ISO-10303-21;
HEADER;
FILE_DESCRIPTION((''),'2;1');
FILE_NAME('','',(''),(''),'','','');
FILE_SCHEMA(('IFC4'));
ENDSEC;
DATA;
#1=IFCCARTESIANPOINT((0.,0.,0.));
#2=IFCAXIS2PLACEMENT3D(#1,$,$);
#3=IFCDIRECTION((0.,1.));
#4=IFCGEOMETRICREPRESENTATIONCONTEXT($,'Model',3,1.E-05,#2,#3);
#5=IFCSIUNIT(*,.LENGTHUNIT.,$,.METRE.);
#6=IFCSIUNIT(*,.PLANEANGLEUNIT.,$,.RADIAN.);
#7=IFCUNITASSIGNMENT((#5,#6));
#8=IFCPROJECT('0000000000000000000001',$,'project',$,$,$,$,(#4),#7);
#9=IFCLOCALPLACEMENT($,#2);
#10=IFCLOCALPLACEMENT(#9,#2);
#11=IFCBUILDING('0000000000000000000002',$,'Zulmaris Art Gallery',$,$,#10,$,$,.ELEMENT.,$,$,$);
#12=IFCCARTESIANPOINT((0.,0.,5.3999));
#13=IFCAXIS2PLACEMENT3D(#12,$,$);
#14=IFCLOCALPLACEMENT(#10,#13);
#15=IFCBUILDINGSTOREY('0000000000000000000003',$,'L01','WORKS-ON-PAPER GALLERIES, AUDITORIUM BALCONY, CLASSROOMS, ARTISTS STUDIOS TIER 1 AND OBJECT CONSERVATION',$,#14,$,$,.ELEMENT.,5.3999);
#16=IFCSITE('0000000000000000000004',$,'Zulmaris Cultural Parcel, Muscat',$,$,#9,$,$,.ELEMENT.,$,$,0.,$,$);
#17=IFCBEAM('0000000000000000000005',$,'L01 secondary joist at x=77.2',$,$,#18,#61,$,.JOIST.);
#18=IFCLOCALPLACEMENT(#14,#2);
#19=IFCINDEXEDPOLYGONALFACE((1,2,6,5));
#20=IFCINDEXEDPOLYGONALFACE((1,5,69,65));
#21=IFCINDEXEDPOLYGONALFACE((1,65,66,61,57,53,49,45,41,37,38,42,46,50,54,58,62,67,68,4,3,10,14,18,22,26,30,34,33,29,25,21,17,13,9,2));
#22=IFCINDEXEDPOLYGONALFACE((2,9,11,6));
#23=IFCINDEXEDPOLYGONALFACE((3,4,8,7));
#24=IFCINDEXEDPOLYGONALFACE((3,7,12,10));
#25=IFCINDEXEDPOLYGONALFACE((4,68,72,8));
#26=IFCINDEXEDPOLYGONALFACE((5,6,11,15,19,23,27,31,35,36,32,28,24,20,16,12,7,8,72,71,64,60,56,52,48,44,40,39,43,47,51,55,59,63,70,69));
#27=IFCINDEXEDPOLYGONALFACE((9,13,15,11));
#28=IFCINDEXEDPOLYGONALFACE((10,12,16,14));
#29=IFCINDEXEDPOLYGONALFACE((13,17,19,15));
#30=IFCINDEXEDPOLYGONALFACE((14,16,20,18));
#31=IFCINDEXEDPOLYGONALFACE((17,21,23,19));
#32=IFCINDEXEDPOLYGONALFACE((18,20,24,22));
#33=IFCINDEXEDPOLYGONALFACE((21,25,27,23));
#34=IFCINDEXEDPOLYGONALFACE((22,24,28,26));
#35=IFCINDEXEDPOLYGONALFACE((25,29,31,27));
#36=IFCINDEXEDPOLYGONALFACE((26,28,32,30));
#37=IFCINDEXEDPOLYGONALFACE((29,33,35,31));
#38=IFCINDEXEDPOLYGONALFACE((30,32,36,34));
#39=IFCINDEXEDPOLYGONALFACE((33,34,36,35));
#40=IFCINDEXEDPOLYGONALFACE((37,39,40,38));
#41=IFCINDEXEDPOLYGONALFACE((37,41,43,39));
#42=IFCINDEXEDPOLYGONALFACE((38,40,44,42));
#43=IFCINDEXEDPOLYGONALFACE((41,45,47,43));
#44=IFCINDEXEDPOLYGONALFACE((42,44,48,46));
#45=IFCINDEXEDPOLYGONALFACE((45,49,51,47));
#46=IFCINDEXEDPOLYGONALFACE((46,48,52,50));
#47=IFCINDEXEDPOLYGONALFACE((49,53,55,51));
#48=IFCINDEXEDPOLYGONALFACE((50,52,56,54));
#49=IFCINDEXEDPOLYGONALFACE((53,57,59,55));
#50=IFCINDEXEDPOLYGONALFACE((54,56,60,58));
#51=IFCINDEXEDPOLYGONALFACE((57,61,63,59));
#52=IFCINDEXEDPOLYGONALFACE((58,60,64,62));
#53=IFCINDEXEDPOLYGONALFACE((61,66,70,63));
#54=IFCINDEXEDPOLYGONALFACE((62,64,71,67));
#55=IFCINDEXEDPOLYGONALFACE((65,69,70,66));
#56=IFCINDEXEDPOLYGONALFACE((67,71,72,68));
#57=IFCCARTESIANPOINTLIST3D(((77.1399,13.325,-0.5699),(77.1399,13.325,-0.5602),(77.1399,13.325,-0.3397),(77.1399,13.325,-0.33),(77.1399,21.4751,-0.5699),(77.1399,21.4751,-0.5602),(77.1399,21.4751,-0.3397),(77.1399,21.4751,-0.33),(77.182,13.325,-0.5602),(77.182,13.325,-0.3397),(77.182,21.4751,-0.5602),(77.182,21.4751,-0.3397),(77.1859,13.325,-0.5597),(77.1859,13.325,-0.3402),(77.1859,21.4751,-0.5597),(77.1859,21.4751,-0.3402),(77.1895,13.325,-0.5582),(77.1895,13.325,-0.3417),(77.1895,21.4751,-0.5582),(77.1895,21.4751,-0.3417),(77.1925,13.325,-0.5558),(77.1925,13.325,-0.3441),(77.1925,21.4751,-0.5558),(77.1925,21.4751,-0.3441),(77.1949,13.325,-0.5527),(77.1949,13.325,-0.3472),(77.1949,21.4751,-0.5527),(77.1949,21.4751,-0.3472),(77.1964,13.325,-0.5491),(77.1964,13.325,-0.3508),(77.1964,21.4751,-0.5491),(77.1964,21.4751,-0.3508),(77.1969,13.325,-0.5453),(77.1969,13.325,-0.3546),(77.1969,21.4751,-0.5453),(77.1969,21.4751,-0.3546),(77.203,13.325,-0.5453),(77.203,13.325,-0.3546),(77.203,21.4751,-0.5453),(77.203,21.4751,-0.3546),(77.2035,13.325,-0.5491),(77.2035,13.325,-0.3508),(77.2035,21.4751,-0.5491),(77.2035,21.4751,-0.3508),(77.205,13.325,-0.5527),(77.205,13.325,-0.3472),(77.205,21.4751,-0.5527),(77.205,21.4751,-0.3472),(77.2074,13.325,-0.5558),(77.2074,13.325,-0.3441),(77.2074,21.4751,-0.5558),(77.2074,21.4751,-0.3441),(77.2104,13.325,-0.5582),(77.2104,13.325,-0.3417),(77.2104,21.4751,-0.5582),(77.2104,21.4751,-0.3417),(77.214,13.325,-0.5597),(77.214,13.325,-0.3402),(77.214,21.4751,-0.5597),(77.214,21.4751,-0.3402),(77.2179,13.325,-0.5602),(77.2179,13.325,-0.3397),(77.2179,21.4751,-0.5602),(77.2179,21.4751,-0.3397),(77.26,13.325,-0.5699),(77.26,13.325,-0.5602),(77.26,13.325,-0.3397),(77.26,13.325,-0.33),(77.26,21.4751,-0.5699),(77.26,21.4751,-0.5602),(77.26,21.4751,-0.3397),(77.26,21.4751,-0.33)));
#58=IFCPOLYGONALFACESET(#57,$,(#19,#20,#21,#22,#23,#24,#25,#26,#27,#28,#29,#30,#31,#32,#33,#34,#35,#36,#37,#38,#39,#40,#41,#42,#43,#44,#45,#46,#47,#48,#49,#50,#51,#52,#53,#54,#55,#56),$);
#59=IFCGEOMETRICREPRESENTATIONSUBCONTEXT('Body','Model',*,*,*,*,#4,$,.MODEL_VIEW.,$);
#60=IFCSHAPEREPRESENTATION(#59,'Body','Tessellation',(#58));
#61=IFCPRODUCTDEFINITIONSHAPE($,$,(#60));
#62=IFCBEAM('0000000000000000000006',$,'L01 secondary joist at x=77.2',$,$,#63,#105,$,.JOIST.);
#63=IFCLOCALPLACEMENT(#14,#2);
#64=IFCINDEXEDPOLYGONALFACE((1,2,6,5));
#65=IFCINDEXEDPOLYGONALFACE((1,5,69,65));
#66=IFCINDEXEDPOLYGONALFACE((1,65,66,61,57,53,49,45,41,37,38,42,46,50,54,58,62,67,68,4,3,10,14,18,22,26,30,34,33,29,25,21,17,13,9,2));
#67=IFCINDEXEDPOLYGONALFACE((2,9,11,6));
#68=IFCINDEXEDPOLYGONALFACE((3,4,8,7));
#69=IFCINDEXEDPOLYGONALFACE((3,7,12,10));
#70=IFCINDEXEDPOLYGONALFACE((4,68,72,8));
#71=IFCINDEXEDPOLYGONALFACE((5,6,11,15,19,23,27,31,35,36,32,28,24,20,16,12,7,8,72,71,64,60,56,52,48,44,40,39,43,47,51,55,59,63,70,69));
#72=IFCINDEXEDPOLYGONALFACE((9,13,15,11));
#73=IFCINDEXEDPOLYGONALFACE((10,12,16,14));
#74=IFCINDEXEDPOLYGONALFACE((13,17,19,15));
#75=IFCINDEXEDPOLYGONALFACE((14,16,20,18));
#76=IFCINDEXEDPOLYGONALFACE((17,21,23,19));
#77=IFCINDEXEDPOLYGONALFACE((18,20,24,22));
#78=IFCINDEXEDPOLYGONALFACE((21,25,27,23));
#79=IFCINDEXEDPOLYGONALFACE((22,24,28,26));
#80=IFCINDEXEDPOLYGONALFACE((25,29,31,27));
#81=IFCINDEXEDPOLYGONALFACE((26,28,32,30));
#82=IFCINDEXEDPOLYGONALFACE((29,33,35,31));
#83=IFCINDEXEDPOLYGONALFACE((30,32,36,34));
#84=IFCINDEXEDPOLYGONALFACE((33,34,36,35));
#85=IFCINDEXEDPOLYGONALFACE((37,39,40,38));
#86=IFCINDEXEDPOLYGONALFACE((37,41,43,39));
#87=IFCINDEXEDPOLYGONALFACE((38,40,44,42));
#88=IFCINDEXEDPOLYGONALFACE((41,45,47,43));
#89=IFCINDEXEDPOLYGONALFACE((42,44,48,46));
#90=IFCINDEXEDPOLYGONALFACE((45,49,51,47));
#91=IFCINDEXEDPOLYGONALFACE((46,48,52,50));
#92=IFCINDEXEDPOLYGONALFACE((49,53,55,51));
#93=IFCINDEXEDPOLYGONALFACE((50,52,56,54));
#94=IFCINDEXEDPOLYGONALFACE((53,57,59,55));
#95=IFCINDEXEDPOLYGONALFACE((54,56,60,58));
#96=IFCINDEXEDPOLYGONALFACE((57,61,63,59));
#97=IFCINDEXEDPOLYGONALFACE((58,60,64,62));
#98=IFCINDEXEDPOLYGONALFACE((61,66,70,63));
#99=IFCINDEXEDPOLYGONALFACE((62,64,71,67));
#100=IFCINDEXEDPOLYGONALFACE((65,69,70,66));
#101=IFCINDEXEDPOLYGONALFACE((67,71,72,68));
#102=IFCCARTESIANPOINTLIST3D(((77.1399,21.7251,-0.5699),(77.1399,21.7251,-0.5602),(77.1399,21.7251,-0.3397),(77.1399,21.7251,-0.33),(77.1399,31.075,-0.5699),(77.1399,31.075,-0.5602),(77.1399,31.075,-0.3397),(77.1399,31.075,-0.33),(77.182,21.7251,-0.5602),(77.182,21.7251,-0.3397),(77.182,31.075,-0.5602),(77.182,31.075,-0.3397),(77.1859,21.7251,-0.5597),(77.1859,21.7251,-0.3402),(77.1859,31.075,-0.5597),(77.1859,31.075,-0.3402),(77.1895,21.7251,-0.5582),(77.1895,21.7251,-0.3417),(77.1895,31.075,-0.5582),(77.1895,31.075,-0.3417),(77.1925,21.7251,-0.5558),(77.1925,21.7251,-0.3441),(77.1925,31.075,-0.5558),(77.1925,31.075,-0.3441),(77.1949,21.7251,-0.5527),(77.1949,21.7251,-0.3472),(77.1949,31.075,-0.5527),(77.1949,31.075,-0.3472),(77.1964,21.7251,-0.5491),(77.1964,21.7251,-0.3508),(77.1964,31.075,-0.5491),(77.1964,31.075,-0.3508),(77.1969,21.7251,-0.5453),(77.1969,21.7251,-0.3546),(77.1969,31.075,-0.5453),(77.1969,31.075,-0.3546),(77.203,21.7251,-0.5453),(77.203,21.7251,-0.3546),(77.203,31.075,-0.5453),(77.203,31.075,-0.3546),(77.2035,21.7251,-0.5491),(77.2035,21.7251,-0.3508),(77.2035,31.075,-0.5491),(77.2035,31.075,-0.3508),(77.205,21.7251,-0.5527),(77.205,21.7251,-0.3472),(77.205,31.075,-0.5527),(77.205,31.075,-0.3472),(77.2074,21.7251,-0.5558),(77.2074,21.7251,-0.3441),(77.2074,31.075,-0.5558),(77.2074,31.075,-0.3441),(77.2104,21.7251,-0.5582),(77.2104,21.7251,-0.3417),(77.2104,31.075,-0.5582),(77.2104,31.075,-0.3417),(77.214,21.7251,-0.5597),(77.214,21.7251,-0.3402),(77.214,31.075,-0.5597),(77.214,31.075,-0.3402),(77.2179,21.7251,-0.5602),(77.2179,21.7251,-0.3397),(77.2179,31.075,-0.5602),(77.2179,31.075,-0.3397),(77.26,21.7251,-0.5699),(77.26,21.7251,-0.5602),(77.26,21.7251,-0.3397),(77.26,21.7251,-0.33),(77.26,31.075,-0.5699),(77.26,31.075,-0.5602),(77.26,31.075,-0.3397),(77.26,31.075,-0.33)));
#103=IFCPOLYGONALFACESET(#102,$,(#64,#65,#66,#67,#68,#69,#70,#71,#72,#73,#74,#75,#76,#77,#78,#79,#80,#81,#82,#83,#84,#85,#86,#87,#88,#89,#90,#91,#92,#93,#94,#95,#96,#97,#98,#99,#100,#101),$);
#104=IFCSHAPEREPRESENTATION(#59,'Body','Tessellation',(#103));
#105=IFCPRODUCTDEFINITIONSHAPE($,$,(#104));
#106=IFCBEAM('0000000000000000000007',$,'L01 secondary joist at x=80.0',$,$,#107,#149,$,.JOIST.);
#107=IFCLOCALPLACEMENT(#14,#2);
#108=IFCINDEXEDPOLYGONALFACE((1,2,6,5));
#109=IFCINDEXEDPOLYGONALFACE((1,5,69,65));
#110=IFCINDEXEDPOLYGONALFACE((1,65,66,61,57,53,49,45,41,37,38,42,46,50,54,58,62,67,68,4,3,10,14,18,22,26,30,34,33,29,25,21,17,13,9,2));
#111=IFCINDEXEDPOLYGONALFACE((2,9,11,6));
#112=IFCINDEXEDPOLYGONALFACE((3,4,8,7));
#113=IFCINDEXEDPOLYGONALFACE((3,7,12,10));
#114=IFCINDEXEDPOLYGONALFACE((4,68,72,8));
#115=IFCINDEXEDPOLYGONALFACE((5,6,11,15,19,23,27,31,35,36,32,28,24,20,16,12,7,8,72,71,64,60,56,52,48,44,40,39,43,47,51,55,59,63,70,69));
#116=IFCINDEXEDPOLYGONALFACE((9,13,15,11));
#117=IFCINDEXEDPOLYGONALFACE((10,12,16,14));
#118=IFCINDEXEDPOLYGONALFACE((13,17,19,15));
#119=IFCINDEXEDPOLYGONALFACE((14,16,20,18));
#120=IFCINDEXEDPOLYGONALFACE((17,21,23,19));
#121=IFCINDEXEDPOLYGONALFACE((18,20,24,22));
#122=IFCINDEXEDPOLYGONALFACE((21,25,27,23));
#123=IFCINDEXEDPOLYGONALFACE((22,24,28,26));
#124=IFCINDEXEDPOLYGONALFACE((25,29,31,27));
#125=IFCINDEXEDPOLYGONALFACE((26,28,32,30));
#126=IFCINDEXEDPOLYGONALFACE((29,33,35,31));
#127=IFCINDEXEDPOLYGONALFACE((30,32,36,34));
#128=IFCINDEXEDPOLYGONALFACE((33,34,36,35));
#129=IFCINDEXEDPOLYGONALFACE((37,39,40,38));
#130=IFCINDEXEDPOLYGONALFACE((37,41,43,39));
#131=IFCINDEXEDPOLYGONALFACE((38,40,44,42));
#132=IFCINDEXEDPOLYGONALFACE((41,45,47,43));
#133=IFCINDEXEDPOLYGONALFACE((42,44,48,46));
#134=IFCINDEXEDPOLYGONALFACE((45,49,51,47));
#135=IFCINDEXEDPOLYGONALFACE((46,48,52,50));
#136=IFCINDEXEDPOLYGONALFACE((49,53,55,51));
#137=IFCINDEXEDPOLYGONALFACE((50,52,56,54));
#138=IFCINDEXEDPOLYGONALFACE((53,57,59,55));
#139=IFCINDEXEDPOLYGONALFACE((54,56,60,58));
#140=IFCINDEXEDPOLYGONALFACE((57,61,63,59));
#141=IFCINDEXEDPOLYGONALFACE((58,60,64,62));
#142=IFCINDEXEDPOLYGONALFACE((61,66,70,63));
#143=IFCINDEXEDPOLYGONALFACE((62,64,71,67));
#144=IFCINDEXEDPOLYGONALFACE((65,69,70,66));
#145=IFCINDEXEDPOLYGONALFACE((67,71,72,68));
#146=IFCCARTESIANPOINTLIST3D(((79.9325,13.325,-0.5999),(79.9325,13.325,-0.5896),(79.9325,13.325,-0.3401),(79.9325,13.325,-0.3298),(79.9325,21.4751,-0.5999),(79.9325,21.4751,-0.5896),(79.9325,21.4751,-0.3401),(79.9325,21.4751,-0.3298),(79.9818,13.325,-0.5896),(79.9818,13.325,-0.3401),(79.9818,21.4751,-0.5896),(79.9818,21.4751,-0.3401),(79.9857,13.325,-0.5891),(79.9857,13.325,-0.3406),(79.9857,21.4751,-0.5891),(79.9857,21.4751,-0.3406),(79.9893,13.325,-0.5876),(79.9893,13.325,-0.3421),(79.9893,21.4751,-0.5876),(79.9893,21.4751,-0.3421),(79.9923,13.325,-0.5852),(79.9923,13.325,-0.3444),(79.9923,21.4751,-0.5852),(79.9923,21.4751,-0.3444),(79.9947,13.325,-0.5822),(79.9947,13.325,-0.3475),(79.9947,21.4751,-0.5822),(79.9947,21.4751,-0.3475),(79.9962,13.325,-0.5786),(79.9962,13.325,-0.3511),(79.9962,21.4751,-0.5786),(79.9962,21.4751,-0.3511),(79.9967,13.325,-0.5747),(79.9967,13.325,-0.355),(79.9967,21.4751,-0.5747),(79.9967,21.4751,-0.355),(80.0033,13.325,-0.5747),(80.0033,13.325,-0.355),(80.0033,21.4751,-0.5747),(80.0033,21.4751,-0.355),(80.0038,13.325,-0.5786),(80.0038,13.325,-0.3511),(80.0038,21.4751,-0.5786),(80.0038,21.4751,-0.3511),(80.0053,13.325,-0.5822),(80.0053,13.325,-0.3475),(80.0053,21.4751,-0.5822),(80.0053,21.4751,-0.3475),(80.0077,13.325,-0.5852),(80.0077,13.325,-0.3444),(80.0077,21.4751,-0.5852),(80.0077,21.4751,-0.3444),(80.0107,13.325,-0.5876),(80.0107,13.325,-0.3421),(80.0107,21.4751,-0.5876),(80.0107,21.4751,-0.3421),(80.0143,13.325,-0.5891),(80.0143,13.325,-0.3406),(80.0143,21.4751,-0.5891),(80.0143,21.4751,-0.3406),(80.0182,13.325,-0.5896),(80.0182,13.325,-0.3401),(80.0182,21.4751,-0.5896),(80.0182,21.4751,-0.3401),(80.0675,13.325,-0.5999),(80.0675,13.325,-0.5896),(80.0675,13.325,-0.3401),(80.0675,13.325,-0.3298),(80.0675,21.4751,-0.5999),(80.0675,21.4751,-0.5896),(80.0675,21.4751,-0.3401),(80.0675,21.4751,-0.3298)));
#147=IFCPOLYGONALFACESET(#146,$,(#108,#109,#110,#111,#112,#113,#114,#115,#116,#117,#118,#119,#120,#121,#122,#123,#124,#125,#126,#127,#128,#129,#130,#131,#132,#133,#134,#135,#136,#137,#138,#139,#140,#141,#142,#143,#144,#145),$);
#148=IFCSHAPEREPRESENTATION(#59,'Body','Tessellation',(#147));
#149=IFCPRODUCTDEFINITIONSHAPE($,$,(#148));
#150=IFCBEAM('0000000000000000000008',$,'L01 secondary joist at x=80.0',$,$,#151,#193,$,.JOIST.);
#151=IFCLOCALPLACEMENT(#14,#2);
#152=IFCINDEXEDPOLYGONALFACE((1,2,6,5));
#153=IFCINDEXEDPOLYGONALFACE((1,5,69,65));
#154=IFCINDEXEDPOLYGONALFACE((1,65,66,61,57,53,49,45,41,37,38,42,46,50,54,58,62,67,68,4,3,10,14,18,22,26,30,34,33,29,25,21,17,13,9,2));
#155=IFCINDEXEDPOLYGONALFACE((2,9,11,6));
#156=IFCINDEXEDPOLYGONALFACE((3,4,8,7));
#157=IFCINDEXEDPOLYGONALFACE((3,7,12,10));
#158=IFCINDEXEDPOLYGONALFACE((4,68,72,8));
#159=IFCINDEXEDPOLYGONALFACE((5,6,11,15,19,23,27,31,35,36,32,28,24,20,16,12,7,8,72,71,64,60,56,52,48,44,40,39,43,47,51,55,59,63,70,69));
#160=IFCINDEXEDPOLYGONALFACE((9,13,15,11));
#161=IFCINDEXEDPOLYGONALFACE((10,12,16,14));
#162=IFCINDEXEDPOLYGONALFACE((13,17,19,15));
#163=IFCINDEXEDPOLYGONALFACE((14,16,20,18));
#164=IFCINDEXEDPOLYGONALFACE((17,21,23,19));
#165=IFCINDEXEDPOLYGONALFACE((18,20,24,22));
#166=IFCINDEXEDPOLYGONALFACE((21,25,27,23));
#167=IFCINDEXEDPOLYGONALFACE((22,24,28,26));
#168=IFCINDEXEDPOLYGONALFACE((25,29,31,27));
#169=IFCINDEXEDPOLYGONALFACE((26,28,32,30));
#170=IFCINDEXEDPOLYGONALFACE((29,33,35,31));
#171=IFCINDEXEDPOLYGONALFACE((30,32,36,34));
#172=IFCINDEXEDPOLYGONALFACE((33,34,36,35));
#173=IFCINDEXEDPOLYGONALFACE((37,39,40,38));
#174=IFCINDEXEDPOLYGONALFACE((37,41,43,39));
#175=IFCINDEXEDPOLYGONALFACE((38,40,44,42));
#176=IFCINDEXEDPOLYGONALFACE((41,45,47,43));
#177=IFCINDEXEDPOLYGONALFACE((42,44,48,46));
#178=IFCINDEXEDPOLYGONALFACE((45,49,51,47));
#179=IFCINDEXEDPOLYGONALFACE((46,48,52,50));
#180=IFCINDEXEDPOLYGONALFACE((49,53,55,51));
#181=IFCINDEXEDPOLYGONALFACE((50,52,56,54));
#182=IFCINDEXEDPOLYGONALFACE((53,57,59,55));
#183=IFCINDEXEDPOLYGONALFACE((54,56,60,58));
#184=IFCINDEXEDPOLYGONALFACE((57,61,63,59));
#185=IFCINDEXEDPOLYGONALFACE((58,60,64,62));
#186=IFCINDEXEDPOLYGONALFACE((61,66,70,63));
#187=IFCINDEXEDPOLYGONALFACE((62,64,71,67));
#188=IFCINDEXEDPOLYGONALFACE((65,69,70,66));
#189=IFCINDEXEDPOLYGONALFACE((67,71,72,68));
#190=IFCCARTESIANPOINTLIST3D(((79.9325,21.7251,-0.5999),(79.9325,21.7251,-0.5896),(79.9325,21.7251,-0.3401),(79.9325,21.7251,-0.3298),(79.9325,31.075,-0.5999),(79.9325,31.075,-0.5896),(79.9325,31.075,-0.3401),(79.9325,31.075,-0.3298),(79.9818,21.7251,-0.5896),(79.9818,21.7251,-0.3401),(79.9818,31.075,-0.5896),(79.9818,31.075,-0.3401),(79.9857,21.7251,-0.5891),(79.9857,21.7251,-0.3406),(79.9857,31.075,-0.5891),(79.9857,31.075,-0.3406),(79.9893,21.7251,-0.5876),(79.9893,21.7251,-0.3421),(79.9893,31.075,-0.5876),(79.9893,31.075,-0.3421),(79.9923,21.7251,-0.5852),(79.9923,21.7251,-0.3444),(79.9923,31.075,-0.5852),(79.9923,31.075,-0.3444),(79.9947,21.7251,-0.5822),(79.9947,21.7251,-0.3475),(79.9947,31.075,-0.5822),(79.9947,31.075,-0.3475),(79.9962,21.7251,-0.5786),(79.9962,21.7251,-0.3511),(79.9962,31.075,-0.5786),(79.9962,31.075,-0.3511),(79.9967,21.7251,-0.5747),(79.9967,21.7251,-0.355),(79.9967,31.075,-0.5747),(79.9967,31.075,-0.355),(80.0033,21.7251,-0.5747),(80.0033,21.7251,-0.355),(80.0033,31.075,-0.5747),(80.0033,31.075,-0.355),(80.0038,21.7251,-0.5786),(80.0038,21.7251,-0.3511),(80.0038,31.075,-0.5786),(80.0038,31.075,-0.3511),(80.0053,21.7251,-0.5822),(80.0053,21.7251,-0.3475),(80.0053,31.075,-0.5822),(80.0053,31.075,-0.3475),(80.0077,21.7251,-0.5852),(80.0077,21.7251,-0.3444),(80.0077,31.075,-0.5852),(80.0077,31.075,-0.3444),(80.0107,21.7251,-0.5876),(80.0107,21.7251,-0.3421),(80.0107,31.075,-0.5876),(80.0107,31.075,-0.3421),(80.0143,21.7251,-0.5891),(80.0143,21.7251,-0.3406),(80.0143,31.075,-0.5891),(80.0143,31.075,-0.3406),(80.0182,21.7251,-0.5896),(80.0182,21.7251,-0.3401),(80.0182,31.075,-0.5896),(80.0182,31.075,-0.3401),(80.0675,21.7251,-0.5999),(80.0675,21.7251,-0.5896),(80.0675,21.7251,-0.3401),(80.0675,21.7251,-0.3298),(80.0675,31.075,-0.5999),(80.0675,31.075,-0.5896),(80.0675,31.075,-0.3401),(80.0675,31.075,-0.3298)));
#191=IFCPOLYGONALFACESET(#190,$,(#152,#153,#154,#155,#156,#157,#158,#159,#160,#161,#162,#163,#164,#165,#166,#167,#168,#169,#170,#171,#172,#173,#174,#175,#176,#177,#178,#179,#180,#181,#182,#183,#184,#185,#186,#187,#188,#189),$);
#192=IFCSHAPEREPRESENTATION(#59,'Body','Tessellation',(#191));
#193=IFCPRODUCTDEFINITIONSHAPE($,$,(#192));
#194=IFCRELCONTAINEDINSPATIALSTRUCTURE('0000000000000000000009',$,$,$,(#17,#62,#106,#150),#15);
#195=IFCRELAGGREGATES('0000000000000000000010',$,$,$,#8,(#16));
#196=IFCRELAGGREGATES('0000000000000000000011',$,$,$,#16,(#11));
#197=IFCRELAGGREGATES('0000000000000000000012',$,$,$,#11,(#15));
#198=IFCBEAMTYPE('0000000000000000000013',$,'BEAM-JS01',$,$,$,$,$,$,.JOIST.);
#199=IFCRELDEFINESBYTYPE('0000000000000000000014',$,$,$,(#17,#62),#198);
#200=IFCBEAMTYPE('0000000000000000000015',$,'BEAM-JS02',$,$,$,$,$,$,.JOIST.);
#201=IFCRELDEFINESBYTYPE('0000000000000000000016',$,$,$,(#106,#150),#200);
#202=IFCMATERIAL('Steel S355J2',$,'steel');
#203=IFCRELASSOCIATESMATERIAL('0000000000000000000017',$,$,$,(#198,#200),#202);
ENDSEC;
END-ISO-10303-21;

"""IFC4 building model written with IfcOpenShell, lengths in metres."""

from ifc_helpers import new_model, si_unit, direction, frame, origin, origin_2d, place, context, subcontext, project, spatial, i_section, extrude, material, material_profile, profile_set, type_object, element, save


model = new_model("IFC4")

# Units and contexts
model_context = context("Model", 3, precision=1e-05, world=origin(), true_north=direction((0.0, 1.0)))
body_context = subcontext(model_context, "Body", "Model", "MODEL_VIEW")
ifc_project = project(units=[si_unit("LENGTHUNIT", "METRE"), si_unit("PLANEANGLEUNIT", "RADIAN")], contexts=[model_context])

# Site, building, storey
site_placement = place(None, origin())
site = spatial("IfcSite", under=ifc_project, at=site_placement, Name="Zulmaris Cultural Parcel, Muscat", CompositionType="ELEMENT", RefElevation=0.0)
building_placement = place(site_placement, origin())
building = spatial("IfcBuilding", under=site, at=building_placement, Name="Zulmaris Art Gallery", CompositionType="ELEMENT")
storey_placement = place(building_placement, frame((0.0, 0.0, 5.3999)))
storey = spatial("IfcBuildingStorey", under=building, at=storey_placement, Name="L01", Description="WORKS-ON-PAPER GALLERIES, AUDITORIUM BALCONY, CLASSROOMS, ARTISTS STUDIOS TIER 1 AND OBJECT CONSERVATION", CompositionType="ELEMENT", Elevation=5.3999)

# Beams
ifc_material_1 = material(Name="Steel S355J2", Category="steel")
ifc_material_profile_1 = material_profile(ifc_material_1, i_section(OverallWidth=0.1201, OverallDepth=0.24, WebThickness=0.0061, FlangeThickness=0.0098, FilletRadius=0.0149, at=origin_2d()), Name="IPE 240")
ifc_profile_set_1 = profile_set([ifc_material_profile_1], Name="Steel S355J2")
beam_type_1 = type_object("IfcBeamType", Name="BEAM-JS01", PredefinedType="JOIST", material=ifc_profile_set_1)
beam_1_placement = place(storey_placement, frame((77.2, 13.325, -0.45), z_axis=(0.0, 1.0, 0.0), x_axis=(-1.0, 0.0, 0.0)))
element("IfcBeam", 1, at=beam_1_placement, inside=storey, type_object=beam_type_1, Name="L01 secondary joist at x=77.2", PredefinedType="JOIST", context=body_context, shape_type="SweptSolid", body=[
    extrude(i_section(OverallWidth=0.1201, OverallDepth=0.24, WebThickness=0.0061, FlangeThickness=0.0098, FilletRadius=0.0149, at=origin_2d()), origin(), (0.0, 0.0, 1.0), 8.1501),
])
beam_2_placement = place(storey_placement, frame((77.2, 21.7251, -0.45), z_axis=(0.0, 1.0, 0.0), x_axis=(-1.0, 0.0, 0.0)))
element("IfcBeam", 2, at=beam_2_placement, inside=storey, type_object=beam_type_1, Name="L01 secondary joist at x=77.2", PredefinedType="JOIST", context=body_context, shape_type="SweptSolid", body=[
    extrude(i_section(OverallWidth=0.1201, OverallDepth=0.24, WebThickness=0.0061, FlangeThickness=0.0098, FilletRadius=0.0149, at=origin_2d()), origin(), (0.0, 0.0, 1.0), 9.3499),
])
ifc_material_profile_2 = material_profile(ifc_material_1, i_section(OverallWidth=0.135, OverallDepth=0.27, WebThickness=0.0066, FlangeThickness=0.0103, FilletRadius=0.0149, at=origin_2d()), Name="IPE 270")
ifc_profile_set_2 = profile_set([ifc_material_profile_2], Name="Steel S355J2")
beam_type_2 = type_object("IfcBeamType", Name="BEAM-JS02", PredefinedType="JOIST", material=ifc_profile_set_2)
beam_3_placement = place(storey_placement, frame((80.0, 13.325, -0.4648), z_axis=(0.0, 1.0, 0.0), x_axis=(-1.0, 0.0, 0.0)))
element("IfcBeam", 3, at=beam_3_placement, inside=storey, type_object=beam_type_2, Name="L01 secondary joist at x=80.0", PredefinedType="JOIST", context=body_context, shape_type="SweptSolid", body=[
    extrude(i_section(OverallWidth=0.135, OverallDepth=0.27, WebThickness=0.0066, FlangeThickness=0.0103, FilletRadius=0.0149, at=origin_2d()), origin(), (0.0, 0.0, 1.0), 8.1501),
])
beam_4_placement = place(storey_placement, frame((80.0, 21.7251, -0.4648), z_axis=(0.0, 1.0, 0.0), x_axis=(-1.0, 0.0, 0.0)))
element("IfcBeam", 4, at=beam_4_placement, inside=storey, type_object=beam_type_2, Name="L01 secondary joist at x=80.0", PredefinedType="JOIST", context=body_context, shape_type="SweptSolid", body=[
    extrude(i_section(OverallWidth=0.135, OverallDepth=0.27, WebThickness=0.0066, FlangeThickness=0.0103, FilletRadius=0.0149, at=origin_2d()), origin(), (0.0, 0.0, 1.0), 9.3499),
])

save(model, "model.ifc")
